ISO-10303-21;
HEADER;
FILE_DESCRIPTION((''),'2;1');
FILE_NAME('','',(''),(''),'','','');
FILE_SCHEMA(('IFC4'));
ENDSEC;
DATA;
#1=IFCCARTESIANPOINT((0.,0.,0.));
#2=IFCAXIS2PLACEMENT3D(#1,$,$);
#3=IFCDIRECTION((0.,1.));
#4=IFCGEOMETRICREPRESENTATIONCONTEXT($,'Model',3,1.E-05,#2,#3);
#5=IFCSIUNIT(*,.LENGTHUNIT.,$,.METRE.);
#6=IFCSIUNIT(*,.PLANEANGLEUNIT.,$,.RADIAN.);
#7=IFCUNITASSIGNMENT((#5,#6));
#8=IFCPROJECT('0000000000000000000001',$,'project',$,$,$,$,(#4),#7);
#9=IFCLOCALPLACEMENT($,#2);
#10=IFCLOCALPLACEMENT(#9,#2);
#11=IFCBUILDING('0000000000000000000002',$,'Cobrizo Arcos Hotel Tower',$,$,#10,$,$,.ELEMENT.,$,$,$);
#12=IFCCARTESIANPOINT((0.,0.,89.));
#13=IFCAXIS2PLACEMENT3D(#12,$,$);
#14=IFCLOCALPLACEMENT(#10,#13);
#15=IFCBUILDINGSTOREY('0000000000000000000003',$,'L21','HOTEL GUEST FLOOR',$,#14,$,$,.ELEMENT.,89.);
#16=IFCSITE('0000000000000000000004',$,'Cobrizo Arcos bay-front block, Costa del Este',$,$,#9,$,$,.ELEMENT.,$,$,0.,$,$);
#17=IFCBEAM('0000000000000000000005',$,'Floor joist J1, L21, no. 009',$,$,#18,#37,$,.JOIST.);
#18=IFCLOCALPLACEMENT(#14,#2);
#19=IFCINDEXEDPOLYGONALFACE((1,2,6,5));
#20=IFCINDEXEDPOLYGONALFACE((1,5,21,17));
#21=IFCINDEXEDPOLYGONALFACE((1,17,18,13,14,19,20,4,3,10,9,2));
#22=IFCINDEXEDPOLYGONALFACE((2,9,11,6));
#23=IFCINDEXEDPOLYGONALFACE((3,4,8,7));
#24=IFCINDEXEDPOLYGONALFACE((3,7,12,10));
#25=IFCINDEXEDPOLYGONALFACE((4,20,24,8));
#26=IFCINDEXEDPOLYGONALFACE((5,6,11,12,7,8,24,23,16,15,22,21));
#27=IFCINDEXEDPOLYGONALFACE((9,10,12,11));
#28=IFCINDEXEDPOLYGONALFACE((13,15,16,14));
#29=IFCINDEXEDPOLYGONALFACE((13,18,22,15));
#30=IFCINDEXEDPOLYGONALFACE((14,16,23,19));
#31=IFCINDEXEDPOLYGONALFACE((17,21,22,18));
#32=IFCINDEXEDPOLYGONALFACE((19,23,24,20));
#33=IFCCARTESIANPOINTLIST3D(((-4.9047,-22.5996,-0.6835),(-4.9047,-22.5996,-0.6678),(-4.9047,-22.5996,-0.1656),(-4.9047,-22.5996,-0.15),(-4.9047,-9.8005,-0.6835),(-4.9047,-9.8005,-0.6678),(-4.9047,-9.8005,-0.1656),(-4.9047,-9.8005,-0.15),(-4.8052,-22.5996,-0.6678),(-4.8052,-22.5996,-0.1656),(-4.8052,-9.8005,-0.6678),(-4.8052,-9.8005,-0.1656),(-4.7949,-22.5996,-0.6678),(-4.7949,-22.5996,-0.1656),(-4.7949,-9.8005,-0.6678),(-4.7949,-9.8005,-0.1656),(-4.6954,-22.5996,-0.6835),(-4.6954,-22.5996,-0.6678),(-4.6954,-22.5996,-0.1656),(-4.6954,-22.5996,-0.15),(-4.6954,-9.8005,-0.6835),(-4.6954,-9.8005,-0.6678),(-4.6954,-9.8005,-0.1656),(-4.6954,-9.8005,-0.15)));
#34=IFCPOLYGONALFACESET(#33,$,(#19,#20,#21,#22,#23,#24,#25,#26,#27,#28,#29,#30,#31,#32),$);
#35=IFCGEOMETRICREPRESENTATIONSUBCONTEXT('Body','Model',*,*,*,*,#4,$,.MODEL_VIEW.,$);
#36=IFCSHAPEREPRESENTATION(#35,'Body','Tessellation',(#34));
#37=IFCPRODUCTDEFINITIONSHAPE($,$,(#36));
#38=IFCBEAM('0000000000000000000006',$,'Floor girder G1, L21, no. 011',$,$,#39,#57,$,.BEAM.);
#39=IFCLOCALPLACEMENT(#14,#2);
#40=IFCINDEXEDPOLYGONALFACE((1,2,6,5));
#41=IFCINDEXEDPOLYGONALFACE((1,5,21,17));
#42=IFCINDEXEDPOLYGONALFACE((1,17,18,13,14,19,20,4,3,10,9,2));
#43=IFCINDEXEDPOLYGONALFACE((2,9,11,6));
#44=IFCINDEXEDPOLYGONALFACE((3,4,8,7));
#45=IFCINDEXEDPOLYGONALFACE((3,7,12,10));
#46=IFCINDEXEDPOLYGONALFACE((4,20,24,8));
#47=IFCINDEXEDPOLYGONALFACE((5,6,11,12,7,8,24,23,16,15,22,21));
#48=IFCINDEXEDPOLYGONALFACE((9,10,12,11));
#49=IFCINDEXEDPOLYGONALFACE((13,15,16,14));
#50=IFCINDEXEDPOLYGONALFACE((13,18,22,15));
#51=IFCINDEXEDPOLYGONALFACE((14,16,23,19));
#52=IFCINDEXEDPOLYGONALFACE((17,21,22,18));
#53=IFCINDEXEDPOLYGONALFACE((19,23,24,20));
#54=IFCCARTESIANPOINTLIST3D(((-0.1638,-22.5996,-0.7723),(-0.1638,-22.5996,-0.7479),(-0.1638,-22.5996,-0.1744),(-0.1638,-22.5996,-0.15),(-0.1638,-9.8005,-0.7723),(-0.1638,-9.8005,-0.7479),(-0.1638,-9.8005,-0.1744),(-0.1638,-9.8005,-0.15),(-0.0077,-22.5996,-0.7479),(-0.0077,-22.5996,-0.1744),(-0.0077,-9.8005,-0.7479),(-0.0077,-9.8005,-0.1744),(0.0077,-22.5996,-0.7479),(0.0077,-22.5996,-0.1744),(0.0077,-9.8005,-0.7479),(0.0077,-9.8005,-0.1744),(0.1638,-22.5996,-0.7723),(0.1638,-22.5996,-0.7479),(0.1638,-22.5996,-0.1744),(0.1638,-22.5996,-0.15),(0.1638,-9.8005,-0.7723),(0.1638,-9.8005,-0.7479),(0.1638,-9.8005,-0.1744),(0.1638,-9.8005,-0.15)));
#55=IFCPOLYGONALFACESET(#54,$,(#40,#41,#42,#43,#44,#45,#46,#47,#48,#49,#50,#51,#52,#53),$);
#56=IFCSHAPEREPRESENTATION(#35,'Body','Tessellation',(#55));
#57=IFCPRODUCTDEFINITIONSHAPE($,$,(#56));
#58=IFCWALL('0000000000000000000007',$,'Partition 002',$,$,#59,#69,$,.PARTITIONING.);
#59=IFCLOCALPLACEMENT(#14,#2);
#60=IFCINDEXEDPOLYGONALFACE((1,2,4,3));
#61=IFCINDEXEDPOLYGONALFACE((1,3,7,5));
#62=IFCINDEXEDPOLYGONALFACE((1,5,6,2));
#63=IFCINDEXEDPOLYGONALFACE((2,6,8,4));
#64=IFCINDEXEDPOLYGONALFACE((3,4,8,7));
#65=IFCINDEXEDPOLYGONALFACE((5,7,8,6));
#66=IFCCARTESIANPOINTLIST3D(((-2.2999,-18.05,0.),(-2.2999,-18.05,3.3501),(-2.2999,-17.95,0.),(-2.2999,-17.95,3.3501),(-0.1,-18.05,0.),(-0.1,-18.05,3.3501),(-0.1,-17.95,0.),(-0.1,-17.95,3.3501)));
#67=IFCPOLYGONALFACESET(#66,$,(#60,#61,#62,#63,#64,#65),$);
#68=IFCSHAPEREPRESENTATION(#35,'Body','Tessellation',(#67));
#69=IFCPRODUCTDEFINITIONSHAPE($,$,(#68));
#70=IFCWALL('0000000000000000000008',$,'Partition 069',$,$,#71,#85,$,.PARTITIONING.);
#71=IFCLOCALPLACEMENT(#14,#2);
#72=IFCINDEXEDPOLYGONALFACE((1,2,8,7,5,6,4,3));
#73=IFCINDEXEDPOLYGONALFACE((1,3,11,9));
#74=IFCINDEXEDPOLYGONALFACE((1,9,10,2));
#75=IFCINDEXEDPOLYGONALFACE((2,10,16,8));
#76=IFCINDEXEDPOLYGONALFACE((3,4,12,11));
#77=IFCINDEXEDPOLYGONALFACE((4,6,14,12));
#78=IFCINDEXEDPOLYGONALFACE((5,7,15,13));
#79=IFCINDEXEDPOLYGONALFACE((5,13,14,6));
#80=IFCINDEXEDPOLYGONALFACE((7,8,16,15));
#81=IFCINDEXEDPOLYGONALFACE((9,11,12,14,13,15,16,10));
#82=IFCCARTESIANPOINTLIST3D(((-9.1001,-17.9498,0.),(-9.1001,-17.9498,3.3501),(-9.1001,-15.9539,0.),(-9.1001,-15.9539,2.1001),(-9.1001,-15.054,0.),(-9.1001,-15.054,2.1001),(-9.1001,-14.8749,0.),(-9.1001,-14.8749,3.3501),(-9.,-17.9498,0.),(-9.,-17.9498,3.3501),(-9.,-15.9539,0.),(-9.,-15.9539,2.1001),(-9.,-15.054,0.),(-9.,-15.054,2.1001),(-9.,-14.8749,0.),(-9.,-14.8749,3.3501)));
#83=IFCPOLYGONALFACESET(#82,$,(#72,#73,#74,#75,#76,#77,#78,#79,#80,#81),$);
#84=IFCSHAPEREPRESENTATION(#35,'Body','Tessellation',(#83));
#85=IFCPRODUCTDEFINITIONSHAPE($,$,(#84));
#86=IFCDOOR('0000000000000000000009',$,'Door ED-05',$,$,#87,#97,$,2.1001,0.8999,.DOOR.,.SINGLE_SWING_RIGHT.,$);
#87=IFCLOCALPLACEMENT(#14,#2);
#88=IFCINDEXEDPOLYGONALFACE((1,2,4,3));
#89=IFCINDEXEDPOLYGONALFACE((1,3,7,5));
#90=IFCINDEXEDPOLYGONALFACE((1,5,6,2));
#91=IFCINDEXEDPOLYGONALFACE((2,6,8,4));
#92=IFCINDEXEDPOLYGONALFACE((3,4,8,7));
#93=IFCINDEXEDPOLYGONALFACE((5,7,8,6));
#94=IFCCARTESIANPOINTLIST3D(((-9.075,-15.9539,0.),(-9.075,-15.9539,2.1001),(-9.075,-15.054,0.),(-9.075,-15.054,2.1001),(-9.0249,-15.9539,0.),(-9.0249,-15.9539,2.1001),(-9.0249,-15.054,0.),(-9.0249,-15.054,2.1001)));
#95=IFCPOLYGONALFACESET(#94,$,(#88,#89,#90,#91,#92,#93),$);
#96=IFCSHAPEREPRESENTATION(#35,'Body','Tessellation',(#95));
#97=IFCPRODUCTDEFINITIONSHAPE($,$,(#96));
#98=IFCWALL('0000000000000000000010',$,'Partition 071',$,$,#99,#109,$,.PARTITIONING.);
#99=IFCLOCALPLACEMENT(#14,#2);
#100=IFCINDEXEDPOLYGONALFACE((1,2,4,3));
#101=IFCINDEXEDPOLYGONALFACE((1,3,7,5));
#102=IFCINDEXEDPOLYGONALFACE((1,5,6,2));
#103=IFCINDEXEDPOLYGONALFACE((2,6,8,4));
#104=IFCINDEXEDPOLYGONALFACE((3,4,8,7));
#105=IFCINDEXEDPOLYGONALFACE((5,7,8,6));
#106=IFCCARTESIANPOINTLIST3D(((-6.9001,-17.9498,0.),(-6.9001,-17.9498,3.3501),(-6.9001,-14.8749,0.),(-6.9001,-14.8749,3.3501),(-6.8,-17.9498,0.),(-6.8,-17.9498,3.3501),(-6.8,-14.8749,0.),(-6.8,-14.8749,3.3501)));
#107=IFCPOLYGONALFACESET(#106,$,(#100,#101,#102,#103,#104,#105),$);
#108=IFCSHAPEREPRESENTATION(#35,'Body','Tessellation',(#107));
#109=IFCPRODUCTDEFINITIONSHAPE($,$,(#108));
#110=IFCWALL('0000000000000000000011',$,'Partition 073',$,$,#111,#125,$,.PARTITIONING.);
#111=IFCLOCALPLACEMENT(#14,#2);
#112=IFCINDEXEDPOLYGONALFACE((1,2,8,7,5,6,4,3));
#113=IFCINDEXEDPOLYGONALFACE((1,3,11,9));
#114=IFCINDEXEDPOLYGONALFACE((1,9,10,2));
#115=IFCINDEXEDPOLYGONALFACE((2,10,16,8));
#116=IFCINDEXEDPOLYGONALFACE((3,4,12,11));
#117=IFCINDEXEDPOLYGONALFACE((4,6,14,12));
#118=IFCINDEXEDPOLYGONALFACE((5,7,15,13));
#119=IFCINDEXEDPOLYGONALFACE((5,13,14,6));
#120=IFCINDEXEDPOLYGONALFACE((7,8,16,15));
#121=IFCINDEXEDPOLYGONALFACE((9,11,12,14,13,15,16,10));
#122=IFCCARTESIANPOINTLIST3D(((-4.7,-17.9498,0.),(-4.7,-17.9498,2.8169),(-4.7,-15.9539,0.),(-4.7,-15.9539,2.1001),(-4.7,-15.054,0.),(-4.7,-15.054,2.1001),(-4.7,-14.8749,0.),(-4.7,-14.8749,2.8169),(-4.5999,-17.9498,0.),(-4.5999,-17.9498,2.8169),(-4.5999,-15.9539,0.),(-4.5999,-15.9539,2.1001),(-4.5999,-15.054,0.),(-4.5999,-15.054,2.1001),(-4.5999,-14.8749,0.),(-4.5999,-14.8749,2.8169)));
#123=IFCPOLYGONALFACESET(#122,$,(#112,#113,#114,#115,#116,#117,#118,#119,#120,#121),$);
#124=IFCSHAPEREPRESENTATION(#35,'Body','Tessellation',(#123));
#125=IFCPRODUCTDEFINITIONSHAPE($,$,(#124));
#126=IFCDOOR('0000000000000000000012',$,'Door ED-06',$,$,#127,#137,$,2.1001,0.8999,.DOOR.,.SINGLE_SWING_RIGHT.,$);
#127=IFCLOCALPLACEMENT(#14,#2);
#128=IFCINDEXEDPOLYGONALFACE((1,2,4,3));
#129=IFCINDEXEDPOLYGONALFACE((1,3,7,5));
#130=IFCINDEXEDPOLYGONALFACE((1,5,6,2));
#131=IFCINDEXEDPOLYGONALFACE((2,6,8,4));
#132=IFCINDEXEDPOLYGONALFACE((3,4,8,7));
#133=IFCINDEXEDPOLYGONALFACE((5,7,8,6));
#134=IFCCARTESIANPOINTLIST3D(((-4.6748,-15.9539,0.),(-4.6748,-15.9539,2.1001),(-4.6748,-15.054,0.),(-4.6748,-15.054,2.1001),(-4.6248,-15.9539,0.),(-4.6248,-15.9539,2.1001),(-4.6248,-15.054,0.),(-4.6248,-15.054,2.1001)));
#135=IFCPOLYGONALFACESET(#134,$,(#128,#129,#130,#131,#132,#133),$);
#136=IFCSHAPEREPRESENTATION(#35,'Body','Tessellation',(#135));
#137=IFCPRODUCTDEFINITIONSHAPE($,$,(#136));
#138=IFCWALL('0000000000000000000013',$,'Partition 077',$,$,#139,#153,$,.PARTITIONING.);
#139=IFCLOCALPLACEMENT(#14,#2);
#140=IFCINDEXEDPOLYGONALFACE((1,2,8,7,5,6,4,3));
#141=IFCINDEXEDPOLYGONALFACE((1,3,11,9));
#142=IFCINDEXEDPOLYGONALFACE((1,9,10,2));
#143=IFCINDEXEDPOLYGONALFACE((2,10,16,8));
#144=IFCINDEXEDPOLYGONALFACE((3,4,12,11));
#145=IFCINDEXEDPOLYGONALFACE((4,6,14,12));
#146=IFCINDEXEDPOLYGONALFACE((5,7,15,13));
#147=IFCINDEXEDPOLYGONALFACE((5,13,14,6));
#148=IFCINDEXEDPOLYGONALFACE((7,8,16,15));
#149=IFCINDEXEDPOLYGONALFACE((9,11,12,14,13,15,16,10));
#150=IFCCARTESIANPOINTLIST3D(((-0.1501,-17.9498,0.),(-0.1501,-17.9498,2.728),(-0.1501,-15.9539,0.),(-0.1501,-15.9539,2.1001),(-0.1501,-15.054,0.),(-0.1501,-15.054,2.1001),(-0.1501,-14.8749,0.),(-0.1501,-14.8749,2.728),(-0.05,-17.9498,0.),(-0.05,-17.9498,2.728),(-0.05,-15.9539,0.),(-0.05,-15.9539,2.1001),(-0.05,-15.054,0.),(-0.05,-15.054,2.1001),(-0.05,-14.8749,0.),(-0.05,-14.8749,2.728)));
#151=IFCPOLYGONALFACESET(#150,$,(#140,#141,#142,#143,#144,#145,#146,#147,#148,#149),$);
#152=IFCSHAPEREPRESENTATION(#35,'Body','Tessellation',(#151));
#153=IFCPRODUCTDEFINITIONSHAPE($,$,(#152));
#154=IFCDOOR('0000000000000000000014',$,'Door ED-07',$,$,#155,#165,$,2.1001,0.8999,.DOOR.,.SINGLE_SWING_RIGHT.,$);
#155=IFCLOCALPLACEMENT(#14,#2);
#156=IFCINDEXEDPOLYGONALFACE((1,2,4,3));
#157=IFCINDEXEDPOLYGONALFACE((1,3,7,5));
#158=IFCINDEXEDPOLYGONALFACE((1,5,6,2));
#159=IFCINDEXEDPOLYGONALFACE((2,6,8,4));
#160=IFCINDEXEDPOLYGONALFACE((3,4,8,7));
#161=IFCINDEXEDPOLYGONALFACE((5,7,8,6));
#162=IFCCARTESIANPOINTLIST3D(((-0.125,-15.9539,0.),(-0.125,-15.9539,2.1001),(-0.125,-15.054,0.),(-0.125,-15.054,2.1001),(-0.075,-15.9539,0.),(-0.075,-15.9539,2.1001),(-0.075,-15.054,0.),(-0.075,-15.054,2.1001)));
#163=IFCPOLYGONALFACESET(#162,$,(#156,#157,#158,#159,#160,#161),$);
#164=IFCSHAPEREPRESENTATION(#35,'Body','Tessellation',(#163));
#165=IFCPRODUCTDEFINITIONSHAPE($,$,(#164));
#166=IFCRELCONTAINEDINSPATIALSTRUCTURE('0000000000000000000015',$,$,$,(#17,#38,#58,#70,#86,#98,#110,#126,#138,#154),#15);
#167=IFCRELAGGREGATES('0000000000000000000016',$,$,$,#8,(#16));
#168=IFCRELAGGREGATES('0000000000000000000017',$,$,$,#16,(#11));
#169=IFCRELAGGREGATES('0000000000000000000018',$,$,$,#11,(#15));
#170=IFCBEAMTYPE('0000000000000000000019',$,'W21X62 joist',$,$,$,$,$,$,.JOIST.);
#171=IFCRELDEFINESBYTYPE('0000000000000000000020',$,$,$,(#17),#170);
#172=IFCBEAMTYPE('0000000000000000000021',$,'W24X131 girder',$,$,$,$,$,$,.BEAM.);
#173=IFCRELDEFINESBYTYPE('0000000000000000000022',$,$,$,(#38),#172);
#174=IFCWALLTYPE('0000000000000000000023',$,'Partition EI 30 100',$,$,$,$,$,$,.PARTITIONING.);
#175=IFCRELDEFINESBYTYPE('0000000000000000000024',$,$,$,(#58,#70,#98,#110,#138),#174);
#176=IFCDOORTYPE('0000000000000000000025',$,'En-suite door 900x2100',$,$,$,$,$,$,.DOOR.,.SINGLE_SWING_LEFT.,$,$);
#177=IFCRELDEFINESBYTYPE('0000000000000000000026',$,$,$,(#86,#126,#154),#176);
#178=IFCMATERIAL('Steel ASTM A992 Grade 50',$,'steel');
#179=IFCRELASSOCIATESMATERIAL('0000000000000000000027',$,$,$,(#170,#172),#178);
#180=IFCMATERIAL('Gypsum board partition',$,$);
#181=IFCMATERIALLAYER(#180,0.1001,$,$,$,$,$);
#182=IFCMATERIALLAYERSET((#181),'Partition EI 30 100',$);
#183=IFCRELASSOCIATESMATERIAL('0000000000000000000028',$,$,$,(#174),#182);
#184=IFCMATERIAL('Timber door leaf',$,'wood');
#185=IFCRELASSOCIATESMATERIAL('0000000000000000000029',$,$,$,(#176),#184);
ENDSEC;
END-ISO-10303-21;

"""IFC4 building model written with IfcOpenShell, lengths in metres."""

from ifc_helpers import new_model, si_unit, direction, frame, frame_2d, origin, origin_2d, place, context, subcontext, project, spatial, rectangle, i_section, extrude, material, layer, layer_set, material_profile, profile_set, type_object, element, fill, save


model = new_model("IFC4")

# Units and contexts
model_context = context("Model", 3, precision=1e-05, world=origin(), true_north=direction((0.0, 1.0)))
body_context = subcontext(model_context, "Body", "Model", "MODEL_VIEW")
ifc_project = project(units=[si_unit("LENGTHUNIT", "METRE"), si_unit("PLANEANGLEUNIT", "RADIAN")], contexts=[model_context])

# Site, building, storey
site_placement = place(None, origin())
site = spatial("IfcSite", under=ifc_project, at=site_placement, Name="Cobrizo Arcos bay-front block, Costa del Este", CompositionType="ELEMENT", RefElevation=0.0)
building_placement = place(site_placement, origin())
building = spatial("IfcBuilding", under=site, at=building_placement, Name="Cobrizo Arcos Hotel Tower", CompositionType="ELEMENT")
storey_placement = place(building_placement, frame((0.0, 0.0, 89.0)))
storey = spatial("IfcBuildingStorey", under=building, at=storey_placement, Name="L21", Description="HOTEL GUEST FLOOR", CompositionType="ELEMENT", Elevation=89.0)

# Beams
ifc_material_1 = material(Name="Steel ASTM A992 Grade 50", Category="steel")
ifc_material_profile_1 = material_profile(ifc_material_1, i_section(OverallWidth=0.2092, OverallDepth=0.5334, WebThickness=0.0103, FlangeThickness=0.0156, at=origin_2d()), Name="W21X62")
ifc_profile_set_1 = profile_set([ifc_material_profile_1], Name="Steel ASTM A992 Grade 50")
beam_type_1 = type_object("IfcBeamType", Name="W21X62 joist", PredefinedType="JOIST", material=ifc_profile_set_1)
beam_1_placement = place(storey_placement, frame((-4.8, -22.5996, -0.4167), z_axis=(0.0, 1.0, 0.0), x_axis=(-1.0, 0.0, 0.0)))
element("IfcBeam", 1, at=beam_1_placement, inside=storey, type_object=beam_type_1, Name="Floor joist J1, L21, no. 009", PredefinedType="JOIST", context=body_context, shape_type="SweptSolid", body=[
    extrude(i_section(OverallWidth=0.2092, OverallDepth=0.5334, WebThickness=0.0103, FlangeThickness=0.0156, at=origin_2d()), origin(), (0.0, 0.0, 1.0), 12.7991),
])
ifc_material_profile_2 = material_profile(ifc_material_1, i_section(OverallWidth=0.3276, OverallDepth=0.6223, WebThickness=0.0154, FlangeThickness=0.0244, at=origin_2d()), Name="W24X131")
ifc_profile_set_2 = profile_set([ifc_material_profile_2], Name="Steel ASTM A992 Grade 50")
beam_type_2 = type_object("IfcBeamType", Name="W24X131 girder", PredefinedType="BEAM", material=ifc_profile_set_2)
beam_2_placement = place(storey_placement, frame((0.0, -22.5996, -0.4612), z_axis=(0.0, 1.0, 0.0), x_axis=(-1.0, 0.0, 0.0)))
element("IfcBeam", 2, at=beam_2_placement, inside=storey, type_object=beam_type_2, Name="Floor girder G1, L21, no. 011", PredefinedType="BEAM", context=body_context, shape_type="SweptSolid", body=[
    extrude(i_section(OverallWidth=0.3276, OverallDepth=0.6223, WebThickness=0.0154, FlangeThickness=0.0244, at=origin_2d()), origin(), (0.0, 0.0, 1.0), 12.7991),
])

# Wall
ifc_material_2 = material(Name="Gypsum board partition")
ifc_layer = layer(ifc_material_2, 0.1001)
ifc_layer_set = layer_set([ifc_layer], Name="Partition EI 30 100")
wall_type = type_object("IfcWallType", Name="Partition EI 30 100", PredefinedType="PARTITIONING", material=ifc_layer_set)
wall_1_placement = place(storey_placement, frame((-2.3, -18.0, 0.0), z_axis=(0.0, 0.0, 1.0), x_axis=(1.0, 0.0, 0.0)))
element("IfcWall", 3, at=wall_1_placement, inside=storey, type_object=wall_type, Name="Partition 002", PredefinedType="PARTITIONING", context=body_context, shape_type="SweptSolid", body=[
    extrude(rectangle(XDim=2.2, YDim=0.1001, at=frame_2d((1.1001, 0.0))), origin(), (0.0, 0.0, 1.0), 3.3501),
])

# Wall, opening, door
wall_2_placement = place(storey_placement, frame((-9.05, -17.95, 0.0), z_axis=(0.0, 0.0, 1.0), x_axis=(0.0, 1.0, 0.0)))
wall_2 = element("IfcWall", 4, at=wall_2_placement, inside=storey, type_object=wall_type, Name="Partition 069", PredefinedType="PARTITIONING", context=body_context, shape_type="SweptSolid", body=[
    extrude(rectangle(XDim=3.075, YDim=0.1001, at=frame_2d((1.5376, 0.0))), origin(), (0.0, 0.0, 1.0), 3.3501),
])
opening_1_placement = place(wall_2_placement, frame((1.9961, 0.0, 0.0)))
opening_1 = element("IfcOpeningElement", 5, at=opening_1_placement, cuts=wall_2, PredefinedType="OPENING", context=body_context, shape_type="SweptSolid", body=[
    extrude(rectangle(XDim=0.8999, YDim=2.1001, at=frame_2d((0.45, 1.05))), frame((0.0, 0.062, 0.0), z_axis=(0.0, -1.0, 0.0), x_axis=(1.0, 0.0, 0.0)), (0.0, 0.0, 1.0), 0.124),
])
ifc_material_3 = material(Name="Timber door leaf", Category="wood")
door_type = type_object("IfcDoorType", Name="En-suite door 900x2100", OperationType="SINGLE_SWING_LEFT", PredefinedType="DOOR", material=ifc_material_3)
door_1_placement = place(opening_1_placement, origin())
door_1 = element("IfcDoor", 6, at=door_1_placement, inside=storey, type_object=door_type, Name="Door ED-05", OperationType="SINGLE_SWING_RIGHT", OverallHeight=2.1001, OverallWidth=0.8999, PredefinedType="DOOR", context=body_context, shape_type="SweptSolid", body=[
    extrude(rectangle(XDim=0.8999, YDim=2.1001, at=frame_2d((0.45, 1.05))), frame((0.0, 0.0249, 0.0), z_axis=(0.0, -1.0, 0.0), x_axis=(1.0, 0.0, 0.0)), (0.0, 0.0, 1.0), 0.05),
])
fill(opening_1, door_1)

# Wall
wall_3_placement = place(storey_placement, frame((-6.8501, -17.95, 0.0), z_axis=(0.0, 0.0, 1.0), x_axis=(0.0, 1.0, 0.0)))
element("IfcWall", 7, at=wall_3_placement, inside=storey, type_object=wall_type, Name="Partition 071", PredefinedType="PARTITIONING", context=body_context, shape_type="SweptSolid", body=[
    extrude(rectangle(XDim=3.075, YDim=0.1001, at=frame_2d((1.5376, 0.0))), origin(), (0.0, 0.0, 1.0), 3.3501),
])

# Walls, openings, doors
wall_4_placement = place(storey_placement, frame((-4.6499, -17.95, 0.0), z_axis=(0.0, 0.0, 1.0), x_axis=(0.0, 1.0, 0.0)))
wall_4 = element("IfcWall", 8, at=wall_4_placement, inside=storey, type_object=wall_type, Name="Partition 073", PredefinedType="PARTITIONING", context=body_context, shape_type="SweptSolid", body=[
    extrude(rectangle(XDim=3.075, YDim=0.1001, at=frame_2d((1.5376, 0.0))), origin(), (0.0, 0.0, 1.0), 2.8169),
])
opening_2_placement = place(wall_4_placement, frame((1.9961, 0.0, 0.0)))
opening_2 = element("IfcOpeningElement", 9, at=opening_2_placement, cuts=wall_4, PredefinedType="OPENING", context=body_context, shape_type="SweptSolid", body=[
    extrude(rectangle(XDim=0.8999, YDim=2.1001, at=frame_2d((0.45, 1.05))), frame((0.0, 0.062, 0.0), z_axis=(0.0, -1.0, 0.0), x_axis=(1.0, 0.0, 0.0)), (0.0, 0.0, 1.0), 0.124),
])
door_2_placement = place(opening_2_placement, origin())
door_2 = element("IfcDoor", 10, at=door_2_placement, inside=storey, type_object=door_type, Name="Door ED-06", OperationType="SINGLE_SWING_RIGHT", OverallHeight=2.1001, OverallWidth=0.8999, PredefinedType="DOOR", context=body_context, shape_type="SweptSolid", body=[
    extrude(rectangle(XDim=0.8999, YDim=2.1001, at=frame_2d((0.45, 1.05))), frame((0.0, 0.0249, 0.0), z_axis=(0.0, -1.0, 0.0), x_axis=(1.0, 0.0, 0.0)), (0.0, 0.0, 1.0), 0.05),
])
fill(opening_2, door_2)
wall_5_placement = place(storey_placement, frame((-0.1001, -17.95, 0.0), z_axis=(0.0, 0.0, 1.0), x_axis=(0.0, 1.0, 0.0)))
wall_5 = element("IfcWall", 11, at=wall_5_placement, inside=storey, type_object=wall_type, Name="Partition 077", PredefinedType="PARTITIONING", context=body_context, shape_type="SweptSolid", body=[
    extrude(rectangle(XDim=3.075, YDim=0.1001, at=frame_2d((1.5376, 0.0))), origin(), (0.0, 0.0, 1.0), 2.728),
])
opening_3_placement = place(wall_5_placement, frame((1.9961, 0.0, 0.0)))
opening_3 = element("IfcOpeningElement", 12, at=opening_3_placement, cuts=wall_5, PredefinedType="OPENING", context=body_context, shape_type="SweptSolid", body=[
    extrude(rectangle(XDim=0.8999, YDim=2.1001, at=frame_2d((0.45, 1.05))), frame((0.0, 0.062, 0.0), z_axis=(0.0, -1.0, 0.0), x_axis=(1.0, 0.0, 0.0)), (0.0, 0.0, 1.0), 0.124),
])
door_3_placement = place(opening_3_placement, origin())
door_3 = element("IfcDoor", 13, at=door_3_placement, inside=storey, type_object=door_type, Name="Door ED-07", OperationType="SINGLE_SWING_RIGHT", OverallHeight=2.1001, OverallWidth=0.8999, PredefinedType="DOOR", context=body_context, shape_type="SweptSolid", body=[
    extrude(rectangle(XDim=0.8999, YDim=2.1001, at=frame_2d((0.45, 1.05))), frame((0.0, 0.0249, 0.0), z_axis=(0.0, -1.0, 0.0), x_axis=(1.0, 0.0, 0.0)), (0.0, 0.0, 1.0), 0.05),
])
fill(opening_3, door_3)

save(model, "model.ifc")
